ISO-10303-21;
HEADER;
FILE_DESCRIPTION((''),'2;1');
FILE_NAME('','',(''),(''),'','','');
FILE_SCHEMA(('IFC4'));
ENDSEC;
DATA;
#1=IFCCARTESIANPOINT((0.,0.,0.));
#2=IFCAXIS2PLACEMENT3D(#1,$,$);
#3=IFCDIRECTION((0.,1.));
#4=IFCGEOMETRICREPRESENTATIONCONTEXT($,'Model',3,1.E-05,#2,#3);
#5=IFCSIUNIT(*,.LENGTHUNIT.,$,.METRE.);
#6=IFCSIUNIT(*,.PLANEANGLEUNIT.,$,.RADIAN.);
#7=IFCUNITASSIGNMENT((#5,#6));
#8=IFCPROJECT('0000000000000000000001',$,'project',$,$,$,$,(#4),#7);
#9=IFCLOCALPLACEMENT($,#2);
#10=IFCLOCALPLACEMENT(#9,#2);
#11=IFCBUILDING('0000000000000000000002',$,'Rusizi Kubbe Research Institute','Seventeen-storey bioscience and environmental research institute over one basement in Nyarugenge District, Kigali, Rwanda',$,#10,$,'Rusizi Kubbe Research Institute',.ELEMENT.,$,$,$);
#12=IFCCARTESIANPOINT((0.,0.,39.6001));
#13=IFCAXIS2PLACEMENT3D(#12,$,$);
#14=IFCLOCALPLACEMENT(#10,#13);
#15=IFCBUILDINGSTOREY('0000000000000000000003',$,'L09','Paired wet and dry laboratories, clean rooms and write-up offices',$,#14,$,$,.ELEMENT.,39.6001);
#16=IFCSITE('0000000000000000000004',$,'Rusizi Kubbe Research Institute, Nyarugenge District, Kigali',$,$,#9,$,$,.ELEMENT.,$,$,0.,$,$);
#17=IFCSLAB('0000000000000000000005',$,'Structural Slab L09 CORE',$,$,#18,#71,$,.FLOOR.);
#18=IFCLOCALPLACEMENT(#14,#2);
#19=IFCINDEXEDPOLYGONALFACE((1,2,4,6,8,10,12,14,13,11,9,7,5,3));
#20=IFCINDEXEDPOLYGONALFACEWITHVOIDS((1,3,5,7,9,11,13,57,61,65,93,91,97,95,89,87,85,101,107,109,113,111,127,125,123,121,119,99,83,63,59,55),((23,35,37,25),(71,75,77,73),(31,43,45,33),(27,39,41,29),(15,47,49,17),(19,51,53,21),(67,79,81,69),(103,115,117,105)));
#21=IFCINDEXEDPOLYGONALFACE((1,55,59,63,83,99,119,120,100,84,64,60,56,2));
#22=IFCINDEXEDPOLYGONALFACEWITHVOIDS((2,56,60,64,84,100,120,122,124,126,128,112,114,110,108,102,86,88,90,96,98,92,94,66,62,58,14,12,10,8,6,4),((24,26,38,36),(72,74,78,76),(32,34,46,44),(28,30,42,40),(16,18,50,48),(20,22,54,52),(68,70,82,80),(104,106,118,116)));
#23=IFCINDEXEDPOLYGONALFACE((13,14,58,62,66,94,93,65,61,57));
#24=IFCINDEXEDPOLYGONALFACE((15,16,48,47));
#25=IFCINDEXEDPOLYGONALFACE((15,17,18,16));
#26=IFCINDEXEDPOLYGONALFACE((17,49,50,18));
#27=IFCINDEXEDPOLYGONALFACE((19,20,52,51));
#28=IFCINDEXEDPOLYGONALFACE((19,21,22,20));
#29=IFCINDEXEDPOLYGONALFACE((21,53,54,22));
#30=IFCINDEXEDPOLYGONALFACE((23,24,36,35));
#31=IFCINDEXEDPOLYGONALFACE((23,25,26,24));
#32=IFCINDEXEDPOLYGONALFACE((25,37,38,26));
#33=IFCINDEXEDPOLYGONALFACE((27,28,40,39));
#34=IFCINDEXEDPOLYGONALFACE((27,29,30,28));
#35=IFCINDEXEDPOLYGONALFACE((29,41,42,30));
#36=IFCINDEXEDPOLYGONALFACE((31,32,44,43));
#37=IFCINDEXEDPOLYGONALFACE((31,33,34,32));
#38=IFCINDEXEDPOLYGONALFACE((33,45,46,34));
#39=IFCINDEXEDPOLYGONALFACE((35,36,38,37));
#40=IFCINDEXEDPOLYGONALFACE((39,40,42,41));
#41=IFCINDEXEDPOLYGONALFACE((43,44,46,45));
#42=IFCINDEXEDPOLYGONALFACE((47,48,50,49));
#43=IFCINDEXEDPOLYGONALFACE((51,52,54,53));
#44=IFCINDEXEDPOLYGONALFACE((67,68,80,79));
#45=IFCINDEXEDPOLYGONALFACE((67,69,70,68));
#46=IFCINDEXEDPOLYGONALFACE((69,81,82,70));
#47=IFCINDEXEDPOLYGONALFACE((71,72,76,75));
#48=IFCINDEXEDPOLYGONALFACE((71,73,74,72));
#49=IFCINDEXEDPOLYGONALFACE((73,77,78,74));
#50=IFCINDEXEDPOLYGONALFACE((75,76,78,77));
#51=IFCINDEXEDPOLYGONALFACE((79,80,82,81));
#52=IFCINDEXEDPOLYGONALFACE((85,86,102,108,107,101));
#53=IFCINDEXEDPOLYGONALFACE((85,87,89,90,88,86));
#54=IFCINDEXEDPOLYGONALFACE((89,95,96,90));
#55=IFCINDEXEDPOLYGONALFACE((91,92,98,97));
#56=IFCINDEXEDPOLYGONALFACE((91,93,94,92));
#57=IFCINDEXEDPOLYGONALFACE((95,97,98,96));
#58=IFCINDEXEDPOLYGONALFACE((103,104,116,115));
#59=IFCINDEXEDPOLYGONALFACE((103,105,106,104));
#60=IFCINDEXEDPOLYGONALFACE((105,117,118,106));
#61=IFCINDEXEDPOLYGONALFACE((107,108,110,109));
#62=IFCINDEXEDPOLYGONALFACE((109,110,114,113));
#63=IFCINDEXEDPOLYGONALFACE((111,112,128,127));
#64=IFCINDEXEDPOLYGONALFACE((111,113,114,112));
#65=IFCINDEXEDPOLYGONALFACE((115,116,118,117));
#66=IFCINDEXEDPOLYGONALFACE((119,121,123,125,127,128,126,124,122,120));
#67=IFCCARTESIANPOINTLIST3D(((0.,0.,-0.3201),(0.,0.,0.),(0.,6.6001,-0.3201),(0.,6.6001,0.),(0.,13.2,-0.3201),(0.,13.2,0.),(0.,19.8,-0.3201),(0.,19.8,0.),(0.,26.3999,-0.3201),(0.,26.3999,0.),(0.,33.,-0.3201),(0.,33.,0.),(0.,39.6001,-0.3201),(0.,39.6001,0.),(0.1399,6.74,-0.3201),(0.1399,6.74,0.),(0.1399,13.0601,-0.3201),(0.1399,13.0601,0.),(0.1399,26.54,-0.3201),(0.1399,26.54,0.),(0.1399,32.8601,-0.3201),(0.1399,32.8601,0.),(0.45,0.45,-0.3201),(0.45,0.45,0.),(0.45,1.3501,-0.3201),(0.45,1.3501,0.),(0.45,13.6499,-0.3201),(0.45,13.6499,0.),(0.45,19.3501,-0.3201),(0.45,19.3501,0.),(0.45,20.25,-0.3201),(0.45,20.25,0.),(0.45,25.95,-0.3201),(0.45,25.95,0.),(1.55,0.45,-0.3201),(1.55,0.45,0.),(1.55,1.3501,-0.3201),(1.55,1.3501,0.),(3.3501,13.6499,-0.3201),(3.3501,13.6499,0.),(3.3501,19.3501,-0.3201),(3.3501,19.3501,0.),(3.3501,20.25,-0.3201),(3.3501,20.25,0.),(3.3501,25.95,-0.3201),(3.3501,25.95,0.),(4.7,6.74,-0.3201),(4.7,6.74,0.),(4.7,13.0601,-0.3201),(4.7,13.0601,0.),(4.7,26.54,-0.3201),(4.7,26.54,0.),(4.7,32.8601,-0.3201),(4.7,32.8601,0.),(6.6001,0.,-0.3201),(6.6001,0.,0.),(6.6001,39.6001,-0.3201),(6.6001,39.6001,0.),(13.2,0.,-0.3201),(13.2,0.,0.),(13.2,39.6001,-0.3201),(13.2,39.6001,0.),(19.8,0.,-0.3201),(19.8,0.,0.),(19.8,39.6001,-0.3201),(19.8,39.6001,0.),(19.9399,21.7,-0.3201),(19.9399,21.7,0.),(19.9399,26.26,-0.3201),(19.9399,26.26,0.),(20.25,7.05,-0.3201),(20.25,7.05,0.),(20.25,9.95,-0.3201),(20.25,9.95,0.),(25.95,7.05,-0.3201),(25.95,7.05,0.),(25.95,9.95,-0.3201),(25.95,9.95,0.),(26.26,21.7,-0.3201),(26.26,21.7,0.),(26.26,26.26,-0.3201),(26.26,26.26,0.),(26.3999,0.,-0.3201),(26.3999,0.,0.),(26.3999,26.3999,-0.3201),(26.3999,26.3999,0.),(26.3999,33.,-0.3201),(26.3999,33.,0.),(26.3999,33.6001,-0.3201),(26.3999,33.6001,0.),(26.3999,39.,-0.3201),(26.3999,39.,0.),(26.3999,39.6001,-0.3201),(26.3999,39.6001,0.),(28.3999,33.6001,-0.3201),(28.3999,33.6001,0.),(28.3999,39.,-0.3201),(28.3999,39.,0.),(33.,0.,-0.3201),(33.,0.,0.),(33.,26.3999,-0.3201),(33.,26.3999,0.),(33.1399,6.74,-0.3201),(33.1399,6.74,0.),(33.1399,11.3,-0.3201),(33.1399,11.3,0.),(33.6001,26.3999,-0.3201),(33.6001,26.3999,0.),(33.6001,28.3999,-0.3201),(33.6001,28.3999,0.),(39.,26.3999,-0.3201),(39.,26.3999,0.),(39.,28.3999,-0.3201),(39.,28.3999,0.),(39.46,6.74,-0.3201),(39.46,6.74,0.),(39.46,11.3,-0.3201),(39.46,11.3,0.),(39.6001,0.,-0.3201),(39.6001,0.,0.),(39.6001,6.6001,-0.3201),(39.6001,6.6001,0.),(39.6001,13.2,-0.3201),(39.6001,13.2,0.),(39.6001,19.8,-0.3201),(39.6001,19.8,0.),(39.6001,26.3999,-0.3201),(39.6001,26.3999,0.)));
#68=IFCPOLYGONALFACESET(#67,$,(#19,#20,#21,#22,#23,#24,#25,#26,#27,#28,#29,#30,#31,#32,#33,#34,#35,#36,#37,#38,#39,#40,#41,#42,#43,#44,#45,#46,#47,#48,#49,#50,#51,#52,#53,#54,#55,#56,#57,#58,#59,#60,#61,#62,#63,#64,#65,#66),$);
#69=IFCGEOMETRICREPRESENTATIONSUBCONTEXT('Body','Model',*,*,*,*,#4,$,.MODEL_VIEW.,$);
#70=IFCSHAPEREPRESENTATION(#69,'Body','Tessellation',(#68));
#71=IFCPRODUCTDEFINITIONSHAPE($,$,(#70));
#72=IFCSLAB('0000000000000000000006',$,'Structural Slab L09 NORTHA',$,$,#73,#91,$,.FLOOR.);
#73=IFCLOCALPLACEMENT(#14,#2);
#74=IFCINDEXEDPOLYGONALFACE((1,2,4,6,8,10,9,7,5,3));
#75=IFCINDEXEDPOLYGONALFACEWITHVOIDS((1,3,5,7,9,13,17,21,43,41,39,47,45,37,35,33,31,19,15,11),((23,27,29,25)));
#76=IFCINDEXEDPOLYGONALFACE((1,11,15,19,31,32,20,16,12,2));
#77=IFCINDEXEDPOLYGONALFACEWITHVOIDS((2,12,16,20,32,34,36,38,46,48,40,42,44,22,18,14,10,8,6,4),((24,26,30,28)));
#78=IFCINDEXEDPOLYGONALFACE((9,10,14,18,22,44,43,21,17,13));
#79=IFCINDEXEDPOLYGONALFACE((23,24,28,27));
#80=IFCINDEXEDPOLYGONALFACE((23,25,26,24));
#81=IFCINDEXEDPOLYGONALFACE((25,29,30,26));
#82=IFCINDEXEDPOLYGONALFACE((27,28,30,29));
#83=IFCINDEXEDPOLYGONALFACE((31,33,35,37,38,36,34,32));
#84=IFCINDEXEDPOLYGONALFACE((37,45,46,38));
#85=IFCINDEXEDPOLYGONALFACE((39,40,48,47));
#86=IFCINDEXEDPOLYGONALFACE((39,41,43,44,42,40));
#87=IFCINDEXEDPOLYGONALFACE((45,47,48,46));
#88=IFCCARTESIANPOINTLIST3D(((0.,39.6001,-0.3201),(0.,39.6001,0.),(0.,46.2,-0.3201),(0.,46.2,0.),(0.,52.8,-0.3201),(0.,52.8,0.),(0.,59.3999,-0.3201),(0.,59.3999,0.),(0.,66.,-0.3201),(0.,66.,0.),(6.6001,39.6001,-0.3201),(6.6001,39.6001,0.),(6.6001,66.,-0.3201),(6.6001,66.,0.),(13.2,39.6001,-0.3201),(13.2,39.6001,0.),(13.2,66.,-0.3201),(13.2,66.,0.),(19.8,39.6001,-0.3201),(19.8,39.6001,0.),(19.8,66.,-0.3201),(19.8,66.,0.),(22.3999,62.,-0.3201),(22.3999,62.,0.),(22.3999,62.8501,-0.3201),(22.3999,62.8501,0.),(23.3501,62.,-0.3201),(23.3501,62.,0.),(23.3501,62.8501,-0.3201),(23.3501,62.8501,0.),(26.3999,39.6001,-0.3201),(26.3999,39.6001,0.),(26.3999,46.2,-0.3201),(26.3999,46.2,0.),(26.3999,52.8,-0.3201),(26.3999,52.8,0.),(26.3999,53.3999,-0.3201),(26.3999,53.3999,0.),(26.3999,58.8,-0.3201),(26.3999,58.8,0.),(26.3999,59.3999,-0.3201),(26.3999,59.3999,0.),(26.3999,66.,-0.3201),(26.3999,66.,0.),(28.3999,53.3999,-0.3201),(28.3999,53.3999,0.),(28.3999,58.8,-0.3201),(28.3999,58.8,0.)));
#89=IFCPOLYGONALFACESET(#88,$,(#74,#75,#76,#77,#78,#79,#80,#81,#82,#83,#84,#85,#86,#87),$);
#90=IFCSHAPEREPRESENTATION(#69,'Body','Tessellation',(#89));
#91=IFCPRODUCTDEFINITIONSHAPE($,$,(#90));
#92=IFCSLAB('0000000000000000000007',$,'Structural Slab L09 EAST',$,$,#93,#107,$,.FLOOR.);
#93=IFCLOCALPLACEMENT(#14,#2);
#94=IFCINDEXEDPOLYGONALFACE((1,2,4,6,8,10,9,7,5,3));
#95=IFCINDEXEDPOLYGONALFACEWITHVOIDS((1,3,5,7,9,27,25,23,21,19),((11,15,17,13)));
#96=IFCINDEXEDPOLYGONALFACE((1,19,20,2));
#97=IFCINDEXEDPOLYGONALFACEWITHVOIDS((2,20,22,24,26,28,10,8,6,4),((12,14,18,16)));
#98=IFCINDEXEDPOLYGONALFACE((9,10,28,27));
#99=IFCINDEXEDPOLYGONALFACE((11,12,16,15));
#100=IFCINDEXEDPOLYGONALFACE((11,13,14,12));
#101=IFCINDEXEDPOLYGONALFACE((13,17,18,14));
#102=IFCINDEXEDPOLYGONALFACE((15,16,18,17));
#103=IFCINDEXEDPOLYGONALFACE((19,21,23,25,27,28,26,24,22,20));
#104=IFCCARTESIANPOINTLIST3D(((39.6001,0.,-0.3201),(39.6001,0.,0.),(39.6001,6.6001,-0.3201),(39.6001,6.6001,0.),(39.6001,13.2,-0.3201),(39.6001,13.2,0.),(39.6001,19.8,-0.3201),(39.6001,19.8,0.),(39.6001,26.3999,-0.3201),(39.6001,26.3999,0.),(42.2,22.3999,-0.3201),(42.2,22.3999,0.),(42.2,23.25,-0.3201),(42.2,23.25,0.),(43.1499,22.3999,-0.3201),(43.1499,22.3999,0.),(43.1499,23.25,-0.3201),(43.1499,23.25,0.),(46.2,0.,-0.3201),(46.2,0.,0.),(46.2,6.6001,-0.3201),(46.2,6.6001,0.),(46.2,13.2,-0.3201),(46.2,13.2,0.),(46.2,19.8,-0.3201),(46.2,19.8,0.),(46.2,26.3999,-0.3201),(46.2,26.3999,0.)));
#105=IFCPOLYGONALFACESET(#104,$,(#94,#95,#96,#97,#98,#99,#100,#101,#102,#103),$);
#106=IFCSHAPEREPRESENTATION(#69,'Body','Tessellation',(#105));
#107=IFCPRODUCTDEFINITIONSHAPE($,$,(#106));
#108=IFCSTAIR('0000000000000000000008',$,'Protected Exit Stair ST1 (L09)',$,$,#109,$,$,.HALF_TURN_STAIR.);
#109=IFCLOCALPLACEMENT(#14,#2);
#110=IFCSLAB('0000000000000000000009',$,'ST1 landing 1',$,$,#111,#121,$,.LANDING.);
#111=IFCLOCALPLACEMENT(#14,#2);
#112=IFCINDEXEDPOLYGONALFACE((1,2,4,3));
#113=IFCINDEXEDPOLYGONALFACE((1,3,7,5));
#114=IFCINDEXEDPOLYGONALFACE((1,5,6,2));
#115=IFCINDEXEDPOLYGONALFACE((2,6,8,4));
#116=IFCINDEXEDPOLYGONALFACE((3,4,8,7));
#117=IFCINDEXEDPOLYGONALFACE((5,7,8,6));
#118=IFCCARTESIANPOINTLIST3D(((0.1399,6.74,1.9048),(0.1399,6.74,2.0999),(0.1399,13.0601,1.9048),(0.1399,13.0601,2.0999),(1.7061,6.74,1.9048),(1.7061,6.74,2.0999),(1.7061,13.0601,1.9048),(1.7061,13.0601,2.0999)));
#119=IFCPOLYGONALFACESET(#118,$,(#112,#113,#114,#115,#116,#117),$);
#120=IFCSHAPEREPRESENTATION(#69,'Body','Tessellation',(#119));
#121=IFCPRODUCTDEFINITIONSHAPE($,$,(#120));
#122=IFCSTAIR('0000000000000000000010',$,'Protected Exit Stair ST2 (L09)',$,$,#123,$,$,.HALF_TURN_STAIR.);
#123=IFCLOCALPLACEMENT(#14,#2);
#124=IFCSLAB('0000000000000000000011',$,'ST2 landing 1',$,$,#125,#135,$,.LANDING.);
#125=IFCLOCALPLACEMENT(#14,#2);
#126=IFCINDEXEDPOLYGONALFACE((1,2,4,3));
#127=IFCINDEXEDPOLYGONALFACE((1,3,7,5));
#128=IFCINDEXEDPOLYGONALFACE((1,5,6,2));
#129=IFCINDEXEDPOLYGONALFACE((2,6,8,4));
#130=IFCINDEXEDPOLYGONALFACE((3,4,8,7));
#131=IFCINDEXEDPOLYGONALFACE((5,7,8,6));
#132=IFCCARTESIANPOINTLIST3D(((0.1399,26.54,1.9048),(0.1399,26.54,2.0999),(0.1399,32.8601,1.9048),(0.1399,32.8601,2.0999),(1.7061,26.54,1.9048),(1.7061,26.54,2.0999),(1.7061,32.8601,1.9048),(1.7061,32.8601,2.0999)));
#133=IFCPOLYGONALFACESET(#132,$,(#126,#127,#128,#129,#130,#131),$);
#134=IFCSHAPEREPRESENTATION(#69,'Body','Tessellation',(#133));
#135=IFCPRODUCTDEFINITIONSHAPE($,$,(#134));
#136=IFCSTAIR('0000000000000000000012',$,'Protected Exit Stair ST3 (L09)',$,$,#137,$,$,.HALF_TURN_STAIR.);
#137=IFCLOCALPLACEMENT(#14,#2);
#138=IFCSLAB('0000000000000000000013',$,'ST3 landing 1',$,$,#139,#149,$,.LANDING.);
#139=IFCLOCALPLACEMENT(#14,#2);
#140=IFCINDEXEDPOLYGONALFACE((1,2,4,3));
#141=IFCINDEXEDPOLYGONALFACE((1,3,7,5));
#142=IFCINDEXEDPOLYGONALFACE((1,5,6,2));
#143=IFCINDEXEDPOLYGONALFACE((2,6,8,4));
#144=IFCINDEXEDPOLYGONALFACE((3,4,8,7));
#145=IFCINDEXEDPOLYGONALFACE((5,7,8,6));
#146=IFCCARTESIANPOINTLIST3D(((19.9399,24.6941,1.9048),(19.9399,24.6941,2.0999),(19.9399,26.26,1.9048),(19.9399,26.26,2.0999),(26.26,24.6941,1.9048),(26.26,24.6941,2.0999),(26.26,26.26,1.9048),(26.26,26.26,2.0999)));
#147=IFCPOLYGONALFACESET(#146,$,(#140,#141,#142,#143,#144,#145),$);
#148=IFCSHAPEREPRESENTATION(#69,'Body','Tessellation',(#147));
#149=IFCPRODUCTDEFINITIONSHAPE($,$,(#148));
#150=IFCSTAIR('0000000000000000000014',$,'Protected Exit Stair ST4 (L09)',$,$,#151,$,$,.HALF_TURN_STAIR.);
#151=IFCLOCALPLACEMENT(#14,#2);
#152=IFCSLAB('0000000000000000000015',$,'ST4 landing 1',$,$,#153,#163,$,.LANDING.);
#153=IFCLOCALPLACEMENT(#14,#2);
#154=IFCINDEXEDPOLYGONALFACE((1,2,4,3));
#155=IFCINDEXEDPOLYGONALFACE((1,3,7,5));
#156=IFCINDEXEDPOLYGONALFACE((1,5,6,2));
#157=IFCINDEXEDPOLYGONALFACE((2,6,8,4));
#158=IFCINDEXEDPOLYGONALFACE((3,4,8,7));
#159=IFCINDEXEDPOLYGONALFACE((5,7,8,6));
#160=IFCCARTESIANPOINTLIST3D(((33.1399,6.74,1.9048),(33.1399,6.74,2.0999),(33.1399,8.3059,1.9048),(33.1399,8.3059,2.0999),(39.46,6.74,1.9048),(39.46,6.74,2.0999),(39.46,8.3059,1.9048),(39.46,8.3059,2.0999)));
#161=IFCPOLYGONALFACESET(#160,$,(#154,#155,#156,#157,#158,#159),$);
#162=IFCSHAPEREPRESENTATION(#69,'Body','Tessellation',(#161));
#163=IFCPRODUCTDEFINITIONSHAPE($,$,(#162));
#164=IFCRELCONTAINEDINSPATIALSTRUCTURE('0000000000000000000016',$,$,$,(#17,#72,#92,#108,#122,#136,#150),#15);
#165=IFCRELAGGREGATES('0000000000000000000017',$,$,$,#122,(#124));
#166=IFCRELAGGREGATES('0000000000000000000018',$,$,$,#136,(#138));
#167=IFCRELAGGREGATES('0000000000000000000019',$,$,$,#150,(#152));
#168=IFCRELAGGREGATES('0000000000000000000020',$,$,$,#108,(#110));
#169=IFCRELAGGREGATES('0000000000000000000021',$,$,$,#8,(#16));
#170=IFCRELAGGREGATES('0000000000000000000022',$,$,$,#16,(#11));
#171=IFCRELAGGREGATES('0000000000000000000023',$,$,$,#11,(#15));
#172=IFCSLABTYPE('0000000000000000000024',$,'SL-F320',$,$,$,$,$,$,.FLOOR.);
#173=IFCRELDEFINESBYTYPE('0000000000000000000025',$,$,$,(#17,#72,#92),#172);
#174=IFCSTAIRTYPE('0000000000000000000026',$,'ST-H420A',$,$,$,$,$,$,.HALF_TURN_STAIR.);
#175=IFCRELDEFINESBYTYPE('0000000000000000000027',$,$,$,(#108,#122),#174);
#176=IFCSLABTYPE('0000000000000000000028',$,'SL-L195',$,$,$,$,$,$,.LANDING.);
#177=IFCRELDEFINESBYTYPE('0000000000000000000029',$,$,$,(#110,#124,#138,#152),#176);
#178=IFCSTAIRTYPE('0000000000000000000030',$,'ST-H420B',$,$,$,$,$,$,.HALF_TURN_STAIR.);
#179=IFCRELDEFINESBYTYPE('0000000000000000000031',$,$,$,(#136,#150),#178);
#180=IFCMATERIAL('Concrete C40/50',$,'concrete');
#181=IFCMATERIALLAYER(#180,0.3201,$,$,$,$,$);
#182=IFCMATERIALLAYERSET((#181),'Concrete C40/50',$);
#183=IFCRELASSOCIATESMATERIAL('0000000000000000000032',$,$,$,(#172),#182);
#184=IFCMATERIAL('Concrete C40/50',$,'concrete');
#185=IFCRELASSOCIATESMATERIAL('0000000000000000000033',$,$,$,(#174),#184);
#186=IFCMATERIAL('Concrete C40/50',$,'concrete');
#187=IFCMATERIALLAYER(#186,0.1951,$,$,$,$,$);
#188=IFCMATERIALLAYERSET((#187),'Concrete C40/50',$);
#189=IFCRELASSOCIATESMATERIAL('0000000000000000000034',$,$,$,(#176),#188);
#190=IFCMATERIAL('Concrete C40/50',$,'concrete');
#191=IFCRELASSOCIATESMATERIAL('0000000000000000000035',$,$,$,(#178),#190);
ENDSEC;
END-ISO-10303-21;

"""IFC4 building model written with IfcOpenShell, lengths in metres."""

from ifc_helpers import new_model, si_unit, direction, frame, origin, place, context, subcontext, project, spatial, polyline, outline, extrude, material, layer, layer_set, type_object, element, aggregate, save


model = new_model("IFC4")

# Units and contexts
model_context = context("Model", 3, precision=1e-05, world=origin(), true_north=direction((0.0, 1.0)))
body_context = subcontext(model_context, "Body", "Model", "MODEL_VIEW")
ifc_project = project(units=[si_unit("LENGTHUNIT", "METRE"), si_unit("PLANEANGLEUNIT", "RADIAN")], contexts=[model_context])

# Site, building, storey
site_placement = place(None, origin())
site = spatial("IfcSite", under=ifc_project, at=site_placement, Name="Rusizi Kubbe Research Institute, Nyarugenge District, Kigali", CompositionType="ELEMENT", RefElevation=0.0)
building_placement = place(site_placement, origin())
building = spatial("IfcBuilding", under=site, at=building_placement, Name="Rusizi Kubbe Research Institute", Description="Seventeen-storey bioscience and environmental research institute over one basement in Nyarugenge District, Kigali, Rwanda", LongName="Rusizi Kubbe Research Institute", CompositionType="ELEMENT")
storey_placement = place(building_placement, frame((0.0, 0.0, 39.6001)))
storey = spatial("IfcBuildingStorey", under=building, at=storey_placement, Name="L09", Description="Paired wet and dry laboratories, clean rooms and write-up offices", CompositionType="ELEMENT", Elevation=39.6001)

# Slabs
ifc_material_1 = material(Name="Concrete C40/50", Category="concrete")
ifc_layer_1 = layer(ifc_material_1, 0.3201)
ifc_layer_set_1 = layer_set([ifc_layer_1], Name="Concrete C40/50")
slab_type_1 = type_object("IfcSlabType", Name="SL-F320", PredefinedType="FLOOR", material=ifc_layer_set_1)
slab_1_placement = place(storey_placement, frame((0.0, 0.0, -0.3201)))
element("IfcSlab", 1, at=slab_1_placement, inside=storey, type_object=slab_type_1, Name="Structural Slab L09 CORE", PredefinedType="FLOOR", context=body_context, shape_type="SweptSolid", body=[
    extrude(outline(polyline([(0.0, 39.6001), (6.6001, 39.6001), (13.2, 39.6001), (19.8, 39.6001), (26.3999, 39.6001), (26.3999, 39.0), (28.3999, 39.0), (28.3999, 33.6001), (26.3999, 33.6001), (26.3999, 33.0), (26.3999, 26.3999), (33.0, 26.3999), (33.6001, 26.3999), (33.6001, 28.3999), (39.0, 28.3999), (39.0, 26.3999), (39.6001, 26.3999), (39.6001, 19.8), (39.6001, 13.2), (39.6001, 6.6001), (39.6001, 0.0), (33.0, 0.0), (26.3999, 0.0), (19.8, 0.0), (13.2, 0.0), (6.6001, 0.0), (0.0, 0.0), (0.0, 6.6001), (0.0, 13.2), (0.0, 19.8), (0.0, 26.3999), (0.0, 33.0), (0.0, 39.6001)]), holes=[polyline([(0.45, 1.3501), (0.45, 0.45), (1.55, 0.45), (1.55, 1.3501), (0.45, 1.3501)]), polyline([(20.25, 9.95), (20.25, 7.05), (25.95, 7.05), (25.95, 9.95), (20.25, 9.95)]), polyline([(33.1399, 11.3), (33.1399, 6.74), (39.46, 6.74), (39.46, 11.3), (33.1399, 11.3)]), polyline([(0.1399, 13.0601), (0.1399, 6.74), (4.7, 6.74), (4.7, 13.0601), (0.1399, 13.0601)]), polyline([(0.45, 19.3501), (0.45, 13.6499), (3.3501, 13.6499), (3.3501, 19.3501), (0.45, 19.3501)]), polyline([(0.45, 25.95), (0.45, 20.25), (3.3501, 20.25), (3.3501, 25.95), (0.45, 25.95)]), polyline([(19.9399, 26.26), (19.9399, 21.7), (26.26, 21.7), (26.26, 26.26), (19.9399, 26.26)]), polyline([(0.1399, 32.8601), (0.1399, 26.54), (4.7, 26.54), (4.7, 32.8601), (0.1399, 32.8601)])]), origin(), (0.0, 0.0, 1.0), 0.3201),
])
slab_2_placement = place(storey_placement, frame((0.0, 0.0, -0.3201)))
element("IfcSlab", 2, at=slab_2_placement, inside=storey, type_object=slab_type_1, Name="Structural Slab L09 NORTHA", PredefinedType="FLOOR", context=body_context, shape_type="SweptSolid", body=[
    extrude(outline(polyline([(6.6001, 66.0), (13.2, 66.0), (19.8, 66.0), (26.3999, 66.0), (26.3999, 59.3999), (26.3999, 58.8), (28.3999, 58.8), (28.3999, 53.3999), (26.3999, 53.3999), (26.3999, 52.8), (26.3999, 46.2), (26.3999, 39.6001), (19.8, 39.6001), (13.2, 39.6001), (6.6001, 39.6001), (0.0, 39.6001), (0.0, 46.2), (0.0, 52.8), (0.0, 59.3999), (0.0, 66.0), (6.6001, 66.0)]), holes=[polyline([(23.3501, 62.8501), (22.3999, 62.8501), (22.3999, 62.0), (23.3501, 62.0), (23.3501, 62.8501)])]), origin(), (0.0, 0.0, 1.0), 0.3201),
])
slab_3_placement = place(storey_placement, frame((0.0, 0.0, -0.3201)))
element("IfcSlab", 3, at=slab_3_placement, inside=storey, type_object=slab_type_1, Name="Structural Slab L09 EAST", PredefinedType="FLOOR", context=body_context, shape_type="SweptSolid", body=[
    extrude(outline(polyline([(39.6001, 6.6001), (39.6001, 13.2), (39.6001, 19.8), (39.6001, 26.3999), (46.2, 26.3999), (46.2, 19.8), (46.2, 13.2), (46.2, 6.6001), (46.2, 0.0), (39.6001, 0.0), (39.6001, 6.6001)]), holes=[polyline([(42.2, 23.25), (42.2, 22.3999), (43.1499, 22.3999), (43.1499, 23.25), (42.2, 23.25)])]), origin(), (0.0, 0.0, 1.0), 0.3201),
])

# Stairs, slabs
ifc_material_2 = material(Name="Concrete C40/50", Category="concrete")
stair_type_1 = type_object("IfcStairType", Name="ST-H420A", PredefinedType="HALF_TURN_STAIR", material=ifc_material_2)
stair_1_placement = place(storey_placement, origin())
stair_1 = element("IfcStair", 4, at=stair_1_placement, inside=storey, type_object=stair_type_1, Name="Protected Exit Stair ST1 (L09)", PredefinedType="HALF_TURN_STAIR")
ifc_material_3 = material(Name="Concrete C40/50", Category="concrete")
ifc_layer_2 = layer(ifc_material_3, 0.1951)
ifc_layer_set_2 = layer_set([ifc_layer_2], Name="Concrete C40/50")
slab_type_2 = type_object("IfcSlabType", Name="SL-L195", PredefinedType="LANDING", material=ifc_layer_set_2)
slab_4_placement = place(storey_placement, frame((0.0, 0.0, 1.9048)))
slab_4 = element("IfcSlab", 5, at=slab_4_placement, type_object=slab_type_2, Name="ST1 landing 1", PredefinedType="LANDING", context=body_context, shape_type="SweptSolid", body=[
    extrude(outline(polyline([(1.7061, 13.0601), (0.1399, 13.0601), (0.1399, 6.74), (1.7061, 6.74), (1.7061, 13.0601)])), origin(), (0.0, 0.0, 1.0), 0.1951),
])
stair_2_placement = place(storey_placement, origin())
stair_2 = element("IfcStair", 6, at=stair_2_placement, inside=storey, type_object=stair_type_1, Name="Protected Exit Stair ST2 (L09)", PredefinedType="HALF_TURN_STAIR")
slab_5_placement = place(storey_placement, frame((0.0, 0.0, 1.9048)))
slab_5 = element("IfcSlab", 7, at=slab_5_placement, type_object=slab_type_2, Name="ST2 landing 1", PredefinedType="LANDING", context=body_context, shape_type="SweptSolid", body=[
    extrude(outline(polyline([(1.7061, 32.8601), (0.1399, 32.8601), (0.1399, 26.54), (1.7061, 26.54), (1.7061, 32.8601)])), origin(), (0.0, 0.0, 1.0), 0.1951),
])
aggregate(stair_2, [slab_5])
ifc_material_4 = material(Name="Concrete C40/50", Category="concrete")
stair_type_2 = type_object("IfcStairType", Name="ST-H420B", PredefinedType="HALF_TURN_STAIR", material=ifc_material_4)
stair_3_placement = place(storey_placement, origin())
stair_3 = element("IfcStair", 8, at=stair_3_placement, inside=storey, type_object=stair_type_2, Name="Protected Exit Stair ST3 (L09)", PredefinedType="HALF_TURN_STAIR")
slab_6_placement = place(storey_placement, frame((0.0, 0.0, 1.9048)))
slab_6 = element("IfcSlab", 9, at=slab_6_placement, type_object=slab_type_2, Name="ST3 landing 1", PredefinedType="LANDING", context=body_context, shape_type="SweptSolid", body=[
    extrude(outline(polyline([(26.26, 24.6941), (26.26, 26.26), (19.9399, 26.26), (19.9399, 24.6941), (26.26, 24.6941)])), origin(), (0.0, 0.0, 1.0), 0.1951),
])
aggregate(stair_3, [slab_6])
stair_4_placement = place(storey_placement, origin())
stair_4 = element("IfcStair", 10, at=stair_4_placement, inside=storey, type_object=stair_type_2, Name="Protected Exit Stair ST4 (L09)", PredefinedType="HALF_TURN_STAIR")
slab_7_placement = place(storey_placement, frame((0.0, 0.0, 1.9048)))
slab_7 = element("IfcSlab", 11, at=slab_7_placement, type_object=slab_type_2, Name="ST4 landing 1", PredefinedType="LANDING", context=body_context, shape_type="SweptSolid", body=[
    extrude(outline(polyline([(33.1399, 8.3059), (33.1399, 6.74), (39.46, 6.74), (39.46, 8.3059), (33.1399, 8.3059)])), origin(), (0.0, 0.0, 1.0), 0.1951),
])
aggregate(stair_4, [slab_7])

aggregate(stair_1, [slab_4])

save(model, "model.ifc")
